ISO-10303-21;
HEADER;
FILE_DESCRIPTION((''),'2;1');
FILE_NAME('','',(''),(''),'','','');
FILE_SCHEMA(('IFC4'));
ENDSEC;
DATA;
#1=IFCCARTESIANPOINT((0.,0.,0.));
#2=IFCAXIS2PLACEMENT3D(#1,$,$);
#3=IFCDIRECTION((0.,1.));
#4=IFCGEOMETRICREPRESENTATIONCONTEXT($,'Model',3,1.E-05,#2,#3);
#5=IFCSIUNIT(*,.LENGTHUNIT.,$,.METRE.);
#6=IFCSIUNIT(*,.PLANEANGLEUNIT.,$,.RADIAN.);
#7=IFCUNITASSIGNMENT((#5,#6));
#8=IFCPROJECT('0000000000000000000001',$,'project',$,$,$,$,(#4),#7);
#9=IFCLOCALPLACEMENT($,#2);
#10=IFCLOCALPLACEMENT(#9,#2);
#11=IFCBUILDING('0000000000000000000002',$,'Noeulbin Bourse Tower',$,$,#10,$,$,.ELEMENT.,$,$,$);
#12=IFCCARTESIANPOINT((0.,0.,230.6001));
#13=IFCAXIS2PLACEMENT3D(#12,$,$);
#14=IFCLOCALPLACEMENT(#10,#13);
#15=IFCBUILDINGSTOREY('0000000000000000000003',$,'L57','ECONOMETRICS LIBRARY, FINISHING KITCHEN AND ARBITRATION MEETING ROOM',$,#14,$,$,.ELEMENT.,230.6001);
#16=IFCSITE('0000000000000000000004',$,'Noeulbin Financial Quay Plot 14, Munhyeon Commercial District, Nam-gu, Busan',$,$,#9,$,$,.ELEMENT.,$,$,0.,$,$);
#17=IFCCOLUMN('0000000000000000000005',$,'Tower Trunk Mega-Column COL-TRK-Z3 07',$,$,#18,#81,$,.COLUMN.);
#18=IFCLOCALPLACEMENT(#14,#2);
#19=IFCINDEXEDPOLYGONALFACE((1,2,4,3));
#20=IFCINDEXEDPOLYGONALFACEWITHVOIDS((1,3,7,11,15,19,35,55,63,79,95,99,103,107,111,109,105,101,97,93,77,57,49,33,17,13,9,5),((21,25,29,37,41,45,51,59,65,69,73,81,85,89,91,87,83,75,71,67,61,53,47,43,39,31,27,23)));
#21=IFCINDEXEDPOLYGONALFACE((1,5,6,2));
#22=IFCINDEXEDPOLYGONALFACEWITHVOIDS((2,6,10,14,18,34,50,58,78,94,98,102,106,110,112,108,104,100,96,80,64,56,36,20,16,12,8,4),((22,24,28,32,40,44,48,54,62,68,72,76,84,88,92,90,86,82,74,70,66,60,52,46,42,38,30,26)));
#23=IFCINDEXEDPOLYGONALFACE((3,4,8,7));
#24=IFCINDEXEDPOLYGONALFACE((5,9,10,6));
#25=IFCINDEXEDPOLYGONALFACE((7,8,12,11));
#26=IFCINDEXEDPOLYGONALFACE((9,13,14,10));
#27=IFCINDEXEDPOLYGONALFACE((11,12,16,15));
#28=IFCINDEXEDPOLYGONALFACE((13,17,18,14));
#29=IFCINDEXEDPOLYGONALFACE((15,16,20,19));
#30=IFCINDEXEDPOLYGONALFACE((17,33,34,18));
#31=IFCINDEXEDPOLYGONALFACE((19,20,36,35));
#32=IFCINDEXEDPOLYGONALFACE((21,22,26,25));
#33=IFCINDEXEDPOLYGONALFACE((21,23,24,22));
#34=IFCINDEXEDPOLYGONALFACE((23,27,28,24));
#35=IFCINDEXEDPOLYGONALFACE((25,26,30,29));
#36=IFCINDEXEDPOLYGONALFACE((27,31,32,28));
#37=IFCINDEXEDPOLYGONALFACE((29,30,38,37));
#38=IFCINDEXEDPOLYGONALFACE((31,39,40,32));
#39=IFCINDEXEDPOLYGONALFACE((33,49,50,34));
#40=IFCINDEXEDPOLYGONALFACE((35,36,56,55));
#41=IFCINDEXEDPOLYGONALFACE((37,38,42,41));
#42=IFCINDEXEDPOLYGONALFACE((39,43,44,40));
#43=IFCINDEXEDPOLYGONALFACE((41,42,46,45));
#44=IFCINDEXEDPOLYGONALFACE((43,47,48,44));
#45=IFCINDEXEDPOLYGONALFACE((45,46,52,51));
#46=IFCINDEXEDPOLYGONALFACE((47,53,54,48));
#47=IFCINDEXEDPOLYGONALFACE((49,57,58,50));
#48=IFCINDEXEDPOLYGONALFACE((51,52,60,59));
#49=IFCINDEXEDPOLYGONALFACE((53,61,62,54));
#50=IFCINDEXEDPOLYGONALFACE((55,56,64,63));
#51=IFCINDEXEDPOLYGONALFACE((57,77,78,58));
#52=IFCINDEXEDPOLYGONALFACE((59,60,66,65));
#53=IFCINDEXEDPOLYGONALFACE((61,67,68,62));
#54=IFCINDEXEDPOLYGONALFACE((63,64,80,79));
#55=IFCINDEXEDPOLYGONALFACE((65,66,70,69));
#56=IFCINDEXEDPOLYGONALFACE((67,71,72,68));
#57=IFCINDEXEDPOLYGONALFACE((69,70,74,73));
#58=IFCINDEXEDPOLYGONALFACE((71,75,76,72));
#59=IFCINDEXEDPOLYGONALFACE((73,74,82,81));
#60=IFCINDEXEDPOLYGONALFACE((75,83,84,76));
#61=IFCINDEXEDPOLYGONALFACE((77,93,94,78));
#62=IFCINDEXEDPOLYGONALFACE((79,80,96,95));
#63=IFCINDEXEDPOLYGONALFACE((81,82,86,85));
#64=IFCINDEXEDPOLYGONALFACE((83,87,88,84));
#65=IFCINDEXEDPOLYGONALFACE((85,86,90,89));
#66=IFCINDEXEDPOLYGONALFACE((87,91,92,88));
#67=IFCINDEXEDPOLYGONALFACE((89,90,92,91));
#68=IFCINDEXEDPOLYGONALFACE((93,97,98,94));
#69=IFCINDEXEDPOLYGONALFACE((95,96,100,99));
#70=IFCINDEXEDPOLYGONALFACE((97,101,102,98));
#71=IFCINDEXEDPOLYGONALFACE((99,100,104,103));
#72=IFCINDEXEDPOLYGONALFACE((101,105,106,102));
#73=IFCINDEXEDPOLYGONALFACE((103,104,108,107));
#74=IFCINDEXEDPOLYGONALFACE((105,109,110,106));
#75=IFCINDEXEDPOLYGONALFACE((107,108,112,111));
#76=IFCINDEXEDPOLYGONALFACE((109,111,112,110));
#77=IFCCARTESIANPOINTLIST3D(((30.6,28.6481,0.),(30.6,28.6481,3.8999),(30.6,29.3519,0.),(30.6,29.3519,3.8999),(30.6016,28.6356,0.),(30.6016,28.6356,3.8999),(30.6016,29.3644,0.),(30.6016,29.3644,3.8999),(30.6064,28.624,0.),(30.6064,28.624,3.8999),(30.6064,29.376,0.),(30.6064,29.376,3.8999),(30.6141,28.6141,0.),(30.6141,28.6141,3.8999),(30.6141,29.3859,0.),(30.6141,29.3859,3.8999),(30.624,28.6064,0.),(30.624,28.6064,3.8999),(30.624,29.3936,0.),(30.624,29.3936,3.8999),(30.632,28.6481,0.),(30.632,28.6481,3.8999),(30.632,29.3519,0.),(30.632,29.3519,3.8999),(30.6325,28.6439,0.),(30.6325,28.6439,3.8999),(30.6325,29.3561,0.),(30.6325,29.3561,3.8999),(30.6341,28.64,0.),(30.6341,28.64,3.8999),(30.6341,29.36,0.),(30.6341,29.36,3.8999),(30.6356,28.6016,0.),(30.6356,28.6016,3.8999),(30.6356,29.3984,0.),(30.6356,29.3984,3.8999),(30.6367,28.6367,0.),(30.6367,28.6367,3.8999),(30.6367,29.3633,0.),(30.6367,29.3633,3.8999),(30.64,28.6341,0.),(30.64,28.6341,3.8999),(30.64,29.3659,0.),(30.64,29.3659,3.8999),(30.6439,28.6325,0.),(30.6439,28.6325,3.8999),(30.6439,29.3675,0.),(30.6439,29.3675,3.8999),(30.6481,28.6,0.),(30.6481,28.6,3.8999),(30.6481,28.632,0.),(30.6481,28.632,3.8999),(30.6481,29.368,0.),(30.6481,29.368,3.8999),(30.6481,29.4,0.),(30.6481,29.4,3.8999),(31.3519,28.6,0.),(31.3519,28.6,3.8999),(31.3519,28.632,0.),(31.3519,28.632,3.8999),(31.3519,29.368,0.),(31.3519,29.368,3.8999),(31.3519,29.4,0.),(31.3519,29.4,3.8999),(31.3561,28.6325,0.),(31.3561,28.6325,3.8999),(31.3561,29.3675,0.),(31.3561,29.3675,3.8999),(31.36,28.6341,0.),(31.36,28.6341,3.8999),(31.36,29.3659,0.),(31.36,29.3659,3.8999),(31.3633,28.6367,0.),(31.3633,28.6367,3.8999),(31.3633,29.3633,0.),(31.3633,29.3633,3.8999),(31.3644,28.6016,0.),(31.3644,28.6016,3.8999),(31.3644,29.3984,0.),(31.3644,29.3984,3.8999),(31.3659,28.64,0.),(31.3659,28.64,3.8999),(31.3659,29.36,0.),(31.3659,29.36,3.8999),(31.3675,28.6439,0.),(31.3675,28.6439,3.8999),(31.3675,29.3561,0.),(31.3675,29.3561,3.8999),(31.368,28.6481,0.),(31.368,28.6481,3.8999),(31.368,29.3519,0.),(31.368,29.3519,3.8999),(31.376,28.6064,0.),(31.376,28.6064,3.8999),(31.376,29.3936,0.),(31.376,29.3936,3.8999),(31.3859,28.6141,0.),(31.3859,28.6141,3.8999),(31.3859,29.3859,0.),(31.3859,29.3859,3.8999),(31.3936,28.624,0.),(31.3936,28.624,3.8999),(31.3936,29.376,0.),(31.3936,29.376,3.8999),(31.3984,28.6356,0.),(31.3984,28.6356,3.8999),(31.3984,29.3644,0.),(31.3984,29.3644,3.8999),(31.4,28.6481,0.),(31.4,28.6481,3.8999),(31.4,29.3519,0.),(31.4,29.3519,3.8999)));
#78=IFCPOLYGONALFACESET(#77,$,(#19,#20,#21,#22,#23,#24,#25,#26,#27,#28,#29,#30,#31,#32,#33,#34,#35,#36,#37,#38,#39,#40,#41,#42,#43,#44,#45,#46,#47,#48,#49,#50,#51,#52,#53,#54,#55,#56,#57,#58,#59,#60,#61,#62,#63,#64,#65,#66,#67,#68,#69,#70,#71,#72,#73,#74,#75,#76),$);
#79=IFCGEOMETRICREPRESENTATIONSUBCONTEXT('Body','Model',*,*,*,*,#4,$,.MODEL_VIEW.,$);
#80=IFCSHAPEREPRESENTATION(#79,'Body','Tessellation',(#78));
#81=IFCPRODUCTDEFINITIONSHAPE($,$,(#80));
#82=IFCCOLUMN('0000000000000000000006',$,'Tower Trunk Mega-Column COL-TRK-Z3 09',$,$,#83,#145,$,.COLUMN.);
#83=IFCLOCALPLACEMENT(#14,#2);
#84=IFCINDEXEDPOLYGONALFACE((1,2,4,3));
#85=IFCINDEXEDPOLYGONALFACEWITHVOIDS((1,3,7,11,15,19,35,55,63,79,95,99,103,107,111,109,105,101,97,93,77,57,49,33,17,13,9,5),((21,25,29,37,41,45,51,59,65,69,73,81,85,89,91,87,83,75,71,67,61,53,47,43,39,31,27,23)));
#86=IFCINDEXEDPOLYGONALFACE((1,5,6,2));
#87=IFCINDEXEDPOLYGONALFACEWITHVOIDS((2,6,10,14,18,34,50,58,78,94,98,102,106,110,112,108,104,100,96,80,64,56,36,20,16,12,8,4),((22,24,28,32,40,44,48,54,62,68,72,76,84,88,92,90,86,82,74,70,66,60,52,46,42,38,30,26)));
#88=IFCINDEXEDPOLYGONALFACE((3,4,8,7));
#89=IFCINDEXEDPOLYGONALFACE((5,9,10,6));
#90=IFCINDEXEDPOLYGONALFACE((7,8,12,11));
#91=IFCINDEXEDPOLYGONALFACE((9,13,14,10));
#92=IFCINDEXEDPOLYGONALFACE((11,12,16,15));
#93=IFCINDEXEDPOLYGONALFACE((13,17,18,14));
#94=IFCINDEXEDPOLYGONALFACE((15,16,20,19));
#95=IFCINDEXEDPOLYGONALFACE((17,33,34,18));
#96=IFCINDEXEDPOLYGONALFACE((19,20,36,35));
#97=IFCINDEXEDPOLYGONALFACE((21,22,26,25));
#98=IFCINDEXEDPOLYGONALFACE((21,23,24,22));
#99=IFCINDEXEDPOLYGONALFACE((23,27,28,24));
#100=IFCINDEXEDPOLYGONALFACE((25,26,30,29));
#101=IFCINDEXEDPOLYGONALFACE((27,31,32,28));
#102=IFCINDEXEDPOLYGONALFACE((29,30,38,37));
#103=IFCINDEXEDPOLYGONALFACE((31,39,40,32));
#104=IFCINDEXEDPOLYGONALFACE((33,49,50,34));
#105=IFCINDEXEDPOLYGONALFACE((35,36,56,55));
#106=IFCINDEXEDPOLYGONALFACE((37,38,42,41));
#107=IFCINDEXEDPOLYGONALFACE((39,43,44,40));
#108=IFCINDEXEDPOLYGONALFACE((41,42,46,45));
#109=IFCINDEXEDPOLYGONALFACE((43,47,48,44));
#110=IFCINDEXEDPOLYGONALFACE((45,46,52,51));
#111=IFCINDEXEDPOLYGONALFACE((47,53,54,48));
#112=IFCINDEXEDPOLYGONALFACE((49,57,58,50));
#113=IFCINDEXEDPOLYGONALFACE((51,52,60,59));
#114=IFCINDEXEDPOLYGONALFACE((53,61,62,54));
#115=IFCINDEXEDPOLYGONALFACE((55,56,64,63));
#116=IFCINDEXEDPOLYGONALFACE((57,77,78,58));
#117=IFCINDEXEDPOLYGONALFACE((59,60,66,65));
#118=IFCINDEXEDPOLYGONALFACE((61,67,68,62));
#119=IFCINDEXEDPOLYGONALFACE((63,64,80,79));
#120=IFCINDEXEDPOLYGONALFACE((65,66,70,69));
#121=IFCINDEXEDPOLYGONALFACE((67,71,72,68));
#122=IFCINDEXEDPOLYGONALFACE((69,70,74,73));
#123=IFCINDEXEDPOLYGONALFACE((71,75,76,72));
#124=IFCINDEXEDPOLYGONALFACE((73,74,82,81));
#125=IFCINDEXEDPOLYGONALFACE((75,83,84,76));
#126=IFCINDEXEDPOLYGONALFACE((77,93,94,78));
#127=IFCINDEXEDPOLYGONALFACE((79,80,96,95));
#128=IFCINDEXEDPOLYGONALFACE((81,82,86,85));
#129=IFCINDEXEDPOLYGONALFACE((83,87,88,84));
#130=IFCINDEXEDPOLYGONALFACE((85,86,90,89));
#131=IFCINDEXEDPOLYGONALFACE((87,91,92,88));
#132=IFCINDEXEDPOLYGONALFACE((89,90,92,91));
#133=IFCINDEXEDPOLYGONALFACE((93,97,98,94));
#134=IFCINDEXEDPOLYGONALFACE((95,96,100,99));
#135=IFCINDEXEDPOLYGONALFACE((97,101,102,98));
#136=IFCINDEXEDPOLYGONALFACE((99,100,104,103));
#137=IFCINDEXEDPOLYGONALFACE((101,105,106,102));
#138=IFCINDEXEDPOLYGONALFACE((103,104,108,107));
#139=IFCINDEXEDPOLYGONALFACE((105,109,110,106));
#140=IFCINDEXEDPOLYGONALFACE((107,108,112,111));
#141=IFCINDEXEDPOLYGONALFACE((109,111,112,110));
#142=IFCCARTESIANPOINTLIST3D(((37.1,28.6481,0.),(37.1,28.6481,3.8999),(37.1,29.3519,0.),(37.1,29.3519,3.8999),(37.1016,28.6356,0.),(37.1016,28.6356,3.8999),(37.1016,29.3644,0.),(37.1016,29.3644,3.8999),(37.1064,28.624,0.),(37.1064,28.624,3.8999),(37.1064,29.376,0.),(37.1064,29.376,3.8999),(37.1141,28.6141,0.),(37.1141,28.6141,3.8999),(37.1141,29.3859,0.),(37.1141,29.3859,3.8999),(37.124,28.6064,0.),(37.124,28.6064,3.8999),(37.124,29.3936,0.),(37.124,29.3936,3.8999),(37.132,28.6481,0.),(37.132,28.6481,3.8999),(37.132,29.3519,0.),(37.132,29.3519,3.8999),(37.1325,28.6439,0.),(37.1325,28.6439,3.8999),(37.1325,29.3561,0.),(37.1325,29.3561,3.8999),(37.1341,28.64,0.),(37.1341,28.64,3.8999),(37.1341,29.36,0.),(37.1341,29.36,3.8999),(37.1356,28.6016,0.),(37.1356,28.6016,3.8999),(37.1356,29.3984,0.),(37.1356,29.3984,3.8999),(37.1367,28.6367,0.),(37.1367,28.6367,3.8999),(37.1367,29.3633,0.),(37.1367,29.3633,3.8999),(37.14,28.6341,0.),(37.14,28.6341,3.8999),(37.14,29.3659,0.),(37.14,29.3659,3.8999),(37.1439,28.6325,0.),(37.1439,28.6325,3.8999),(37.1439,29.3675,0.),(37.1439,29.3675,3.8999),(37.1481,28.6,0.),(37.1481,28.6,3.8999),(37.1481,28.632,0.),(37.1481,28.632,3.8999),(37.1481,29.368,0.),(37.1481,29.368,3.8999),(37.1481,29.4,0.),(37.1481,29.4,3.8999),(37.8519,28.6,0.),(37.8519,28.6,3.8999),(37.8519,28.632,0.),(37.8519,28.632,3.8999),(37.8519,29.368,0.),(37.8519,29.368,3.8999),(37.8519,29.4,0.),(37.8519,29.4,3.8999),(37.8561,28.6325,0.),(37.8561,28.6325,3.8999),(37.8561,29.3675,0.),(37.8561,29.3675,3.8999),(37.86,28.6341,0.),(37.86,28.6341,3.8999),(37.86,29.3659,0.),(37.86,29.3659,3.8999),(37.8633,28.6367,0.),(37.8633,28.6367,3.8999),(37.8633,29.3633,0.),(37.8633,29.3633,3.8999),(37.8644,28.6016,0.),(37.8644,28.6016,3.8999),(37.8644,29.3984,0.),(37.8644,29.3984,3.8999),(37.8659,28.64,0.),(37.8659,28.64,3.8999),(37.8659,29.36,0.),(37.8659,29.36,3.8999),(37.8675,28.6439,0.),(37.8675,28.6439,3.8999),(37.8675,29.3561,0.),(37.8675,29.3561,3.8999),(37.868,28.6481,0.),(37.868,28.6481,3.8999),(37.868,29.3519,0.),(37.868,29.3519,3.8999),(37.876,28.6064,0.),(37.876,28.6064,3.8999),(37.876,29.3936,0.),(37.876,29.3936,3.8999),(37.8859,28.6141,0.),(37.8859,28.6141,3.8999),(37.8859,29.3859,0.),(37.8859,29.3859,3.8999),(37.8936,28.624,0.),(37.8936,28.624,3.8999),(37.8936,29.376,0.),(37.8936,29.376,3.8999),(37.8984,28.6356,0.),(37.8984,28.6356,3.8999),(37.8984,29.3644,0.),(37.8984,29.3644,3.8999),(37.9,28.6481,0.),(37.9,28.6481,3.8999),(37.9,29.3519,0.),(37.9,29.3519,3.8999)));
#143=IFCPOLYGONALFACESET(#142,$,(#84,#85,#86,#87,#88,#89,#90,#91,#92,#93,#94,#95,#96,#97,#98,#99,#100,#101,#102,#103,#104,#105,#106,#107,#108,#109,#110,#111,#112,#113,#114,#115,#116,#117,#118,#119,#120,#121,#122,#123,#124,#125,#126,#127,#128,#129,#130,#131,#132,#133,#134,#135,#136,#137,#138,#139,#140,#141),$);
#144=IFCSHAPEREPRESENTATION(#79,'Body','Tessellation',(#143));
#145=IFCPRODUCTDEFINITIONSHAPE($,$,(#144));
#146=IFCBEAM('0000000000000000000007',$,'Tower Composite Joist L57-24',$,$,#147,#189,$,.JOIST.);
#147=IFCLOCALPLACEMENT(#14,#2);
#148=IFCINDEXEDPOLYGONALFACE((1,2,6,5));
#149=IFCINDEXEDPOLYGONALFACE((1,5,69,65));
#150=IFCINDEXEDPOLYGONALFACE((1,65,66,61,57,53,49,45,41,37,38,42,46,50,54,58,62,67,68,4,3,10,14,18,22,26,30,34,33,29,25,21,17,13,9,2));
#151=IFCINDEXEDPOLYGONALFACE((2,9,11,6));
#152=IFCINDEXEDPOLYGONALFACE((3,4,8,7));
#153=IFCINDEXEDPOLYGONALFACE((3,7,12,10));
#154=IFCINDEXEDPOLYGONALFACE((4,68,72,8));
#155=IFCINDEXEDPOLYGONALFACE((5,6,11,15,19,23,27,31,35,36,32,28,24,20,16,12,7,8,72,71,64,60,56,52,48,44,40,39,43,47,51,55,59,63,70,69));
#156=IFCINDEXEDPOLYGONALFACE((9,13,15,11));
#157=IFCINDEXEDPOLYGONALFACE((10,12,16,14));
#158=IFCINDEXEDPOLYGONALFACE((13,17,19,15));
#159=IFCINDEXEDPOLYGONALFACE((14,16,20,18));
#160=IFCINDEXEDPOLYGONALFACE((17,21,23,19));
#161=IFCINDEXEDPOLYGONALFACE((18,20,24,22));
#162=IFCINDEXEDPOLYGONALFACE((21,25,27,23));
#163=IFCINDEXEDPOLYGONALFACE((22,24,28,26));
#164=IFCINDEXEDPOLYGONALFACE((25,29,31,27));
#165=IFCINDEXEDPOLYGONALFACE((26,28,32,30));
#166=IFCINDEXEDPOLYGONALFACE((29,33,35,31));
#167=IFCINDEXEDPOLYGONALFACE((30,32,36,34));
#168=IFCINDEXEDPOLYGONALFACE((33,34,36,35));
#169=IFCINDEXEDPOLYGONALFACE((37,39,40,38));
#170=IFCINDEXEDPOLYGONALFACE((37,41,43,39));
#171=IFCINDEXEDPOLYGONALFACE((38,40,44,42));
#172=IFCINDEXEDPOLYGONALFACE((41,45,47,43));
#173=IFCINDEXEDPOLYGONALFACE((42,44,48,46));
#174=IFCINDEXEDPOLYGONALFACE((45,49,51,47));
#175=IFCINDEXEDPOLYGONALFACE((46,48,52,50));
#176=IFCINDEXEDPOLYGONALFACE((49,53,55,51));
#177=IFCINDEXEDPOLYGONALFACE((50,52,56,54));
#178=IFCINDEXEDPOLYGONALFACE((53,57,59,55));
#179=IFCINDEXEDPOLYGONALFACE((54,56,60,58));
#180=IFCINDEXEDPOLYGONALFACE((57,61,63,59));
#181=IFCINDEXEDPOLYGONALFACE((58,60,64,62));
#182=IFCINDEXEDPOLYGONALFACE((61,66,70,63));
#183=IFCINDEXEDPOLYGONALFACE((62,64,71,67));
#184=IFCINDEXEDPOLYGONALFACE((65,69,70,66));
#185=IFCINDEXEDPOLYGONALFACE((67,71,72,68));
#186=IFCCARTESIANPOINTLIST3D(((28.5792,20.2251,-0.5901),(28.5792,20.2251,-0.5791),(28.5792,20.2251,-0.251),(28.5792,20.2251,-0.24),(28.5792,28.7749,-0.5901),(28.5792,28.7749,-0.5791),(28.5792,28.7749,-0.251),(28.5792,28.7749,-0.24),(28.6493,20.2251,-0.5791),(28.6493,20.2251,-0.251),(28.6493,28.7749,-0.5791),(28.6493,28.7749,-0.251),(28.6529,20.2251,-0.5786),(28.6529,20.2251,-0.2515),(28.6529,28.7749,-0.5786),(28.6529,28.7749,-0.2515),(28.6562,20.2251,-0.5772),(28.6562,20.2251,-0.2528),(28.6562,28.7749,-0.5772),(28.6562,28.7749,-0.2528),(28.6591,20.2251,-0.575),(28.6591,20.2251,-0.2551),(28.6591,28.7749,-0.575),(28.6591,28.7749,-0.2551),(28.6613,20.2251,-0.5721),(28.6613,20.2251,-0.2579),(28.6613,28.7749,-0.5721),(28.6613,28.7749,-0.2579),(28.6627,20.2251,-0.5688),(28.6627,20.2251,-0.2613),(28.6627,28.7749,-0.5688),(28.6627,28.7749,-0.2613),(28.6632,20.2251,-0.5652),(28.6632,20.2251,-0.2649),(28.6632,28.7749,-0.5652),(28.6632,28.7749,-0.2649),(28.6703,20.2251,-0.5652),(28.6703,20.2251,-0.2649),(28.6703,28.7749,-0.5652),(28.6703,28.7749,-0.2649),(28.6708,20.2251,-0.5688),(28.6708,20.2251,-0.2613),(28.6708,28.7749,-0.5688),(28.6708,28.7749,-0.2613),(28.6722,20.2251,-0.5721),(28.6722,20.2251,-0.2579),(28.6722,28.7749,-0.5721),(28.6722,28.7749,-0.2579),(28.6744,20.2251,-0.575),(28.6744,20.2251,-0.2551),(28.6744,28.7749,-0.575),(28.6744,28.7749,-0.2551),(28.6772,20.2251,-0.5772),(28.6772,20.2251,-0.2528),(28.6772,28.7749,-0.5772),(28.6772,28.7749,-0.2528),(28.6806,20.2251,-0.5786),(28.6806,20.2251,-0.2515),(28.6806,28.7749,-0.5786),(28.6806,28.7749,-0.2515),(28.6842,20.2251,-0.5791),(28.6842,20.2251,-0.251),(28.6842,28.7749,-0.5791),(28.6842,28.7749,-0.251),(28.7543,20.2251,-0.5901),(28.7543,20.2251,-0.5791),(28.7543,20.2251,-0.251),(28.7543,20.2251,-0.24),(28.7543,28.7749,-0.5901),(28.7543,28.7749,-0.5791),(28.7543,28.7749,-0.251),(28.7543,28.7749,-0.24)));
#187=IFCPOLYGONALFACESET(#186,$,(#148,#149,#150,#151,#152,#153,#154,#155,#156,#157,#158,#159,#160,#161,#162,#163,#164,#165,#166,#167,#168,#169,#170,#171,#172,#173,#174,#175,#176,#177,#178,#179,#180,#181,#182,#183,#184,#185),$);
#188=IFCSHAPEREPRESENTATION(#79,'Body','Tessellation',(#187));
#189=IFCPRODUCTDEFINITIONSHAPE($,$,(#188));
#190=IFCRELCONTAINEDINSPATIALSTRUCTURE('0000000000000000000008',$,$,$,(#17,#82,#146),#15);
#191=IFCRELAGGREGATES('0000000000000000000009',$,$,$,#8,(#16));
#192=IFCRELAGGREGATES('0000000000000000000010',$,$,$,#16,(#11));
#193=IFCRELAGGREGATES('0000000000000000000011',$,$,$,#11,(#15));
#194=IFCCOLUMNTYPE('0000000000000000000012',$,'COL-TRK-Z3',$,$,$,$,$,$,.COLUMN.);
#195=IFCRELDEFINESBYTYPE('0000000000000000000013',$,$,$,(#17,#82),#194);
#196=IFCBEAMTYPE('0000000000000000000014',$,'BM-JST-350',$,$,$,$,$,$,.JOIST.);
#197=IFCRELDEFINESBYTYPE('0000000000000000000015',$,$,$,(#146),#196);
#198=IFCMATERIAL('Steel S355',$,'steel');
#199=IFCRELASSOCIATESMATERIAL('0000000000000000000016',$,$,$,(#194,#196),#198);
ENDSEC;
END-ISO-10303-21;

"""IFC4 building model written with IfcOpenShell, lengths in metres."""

from ifc_helpers import new_model, si_unit, direction, frame, origin, origin_2d, place, context, subcontext, project, spatial, hollow_rectangle, i_section, extrude, material, material_profile, profile_set, type_object, element, save


model = new_model("IFC4")

# Units and contexts
model_context = context("Model", 3, precision=1e-05, world=origin(), true_north=direction((0.0, 1.0)))
body_context = subcontext(model_context, "Body", "Model", "MODEL_VIEW")
ifc_project = project(units=[si_unit("LENGTHUNIT", "METRE"), si_unit("PLANEANGLEUNIT", "RADIAN")], contexts=[model_context])

# Site, building, storey
site_placement = place(None, origin())
site = spatial("IfcSite", under=ifc_project, at=site_placement, Name="Noeulbin Financial Quay Plot 14, Munhyeon Commercial District, Nam-gu, Busan", CompositionType="ELEMENT", RefElevation=0.0)
building_placement = place(site_placement, origin())
building = spatial("IfcBuilding", under=site, at=building_placement, Name="Noeulbin Bourse Tower", CompositionType="ELEMENT")
storey_placement = place(building_placement, frame((0.0, 0.0, 230.6001)))
storey = spatial("IfcBuildingStorey", under=building, at=storey_placement, Name="L57", Description="ECONOMETRICS LIBRARY, FINISHING KITCHEN AND ARBITRATION MEETING ROOM", CompositionType="ELEMENT", Elevation=230.6001)

# Columns
ifc_material_1 = material(Name="Steel S355", Category="steel")
ifc_material_profile_1 = material_profile(ifc_material_1, hollow_rectangle(XDim=0.8, YDim=0.8, WallThickness=0.032, InnerFilletRadius=0.0161, OuterFilletRadius=0.0481, at=origin_2d()), Name="BOX-800x800x32", Category="LoadBearing")
ifc_profile_set_1 = profile_set([ifc_material_profile_1], Name="Steel S355")
column_type = type_object("IfcColumnType", Name="COL-TRK-Z3", PredefinedType="COLUMN", material=ifc_profile_set_1)
for number, where, z_axis, x_axis, name in (
    (1, (31.0, 29.0, 0.0), (0.0, 0.0, 1.0), (1.0, 0.0, 0.0), "Tower Trunk Mega-Column COL-TRK-Z3 07"),
    (2, (37.5, 29.0, 0.0), (0.0, 0.0, 1.0), (1.0, 0.0, 0.0), "Tower Trunk Mega-Column COL-TRK-Z3 09"),
):
    element("IfcColumn", number, at=place(storey_placement, frame(where, z_axis=z_axis, x_axis=x_axis)), inside=storey, type_object=column_type, Name=name, PredefinedType="COLUMN", context=body_context, shape_type="SweptSolid", body=[
        extrude(hollow_rectangle(XDim=0.8, YDim=0.8, WallThickness=0.032, InnerFilletRadius=0.0161, OuterFilletRadius=0.0481, at=origin_2d()), origin(), (0.0, 0.0, 1.0), 3.8999),
    ])

# Beam
ifc_material_profile_2 = material_profile(ifc_material_1, i_section(OverallWidth=0.175, OverallDepth=0.3501, WebThickness=0.0071, FlangeThickness=0.011, FilletRadius=0.0139, at=origin_2d()), Name="H-350x175x7x11", Category="LoadBearing")
ifc_profile_set_2 = profile_set([ifc_material_profile_2], Name="Steel S355")
beam_type_1 = type_object("IfcBeamType", Name="BM-JST-350", PredefinedType="JOIST", material=ifc_profile_set_2)
for number, where, z_axis, x_axis, name in (
    (3, (28.6667, 20.2251, -0.415), (0.0, 1.0, 0.0), (-1.0, 0.0, 0.0), "Tower Composite Joist L57-24"),
):
    element("IfcBeam", number, at=place(storey_placement, frame(where, z_axis=z_axis, x_axis=x_axis)), inside=storey, type_object=beam_type_1, Name=name, PredefinedType="JOIST", context=body_context, shape_type="SweptSolid", body=[
        extrude(i_section(OverallWidth=0.175, OverallDepth=0.3501, WebThickness=0.0071, FlangeThickness=0.011, FilletRadius=0.0139, at=origin_2d()), origin(), (0.0, 0.0, 1.0), 8.5498),
    ])

save(model, "model.ifc")
